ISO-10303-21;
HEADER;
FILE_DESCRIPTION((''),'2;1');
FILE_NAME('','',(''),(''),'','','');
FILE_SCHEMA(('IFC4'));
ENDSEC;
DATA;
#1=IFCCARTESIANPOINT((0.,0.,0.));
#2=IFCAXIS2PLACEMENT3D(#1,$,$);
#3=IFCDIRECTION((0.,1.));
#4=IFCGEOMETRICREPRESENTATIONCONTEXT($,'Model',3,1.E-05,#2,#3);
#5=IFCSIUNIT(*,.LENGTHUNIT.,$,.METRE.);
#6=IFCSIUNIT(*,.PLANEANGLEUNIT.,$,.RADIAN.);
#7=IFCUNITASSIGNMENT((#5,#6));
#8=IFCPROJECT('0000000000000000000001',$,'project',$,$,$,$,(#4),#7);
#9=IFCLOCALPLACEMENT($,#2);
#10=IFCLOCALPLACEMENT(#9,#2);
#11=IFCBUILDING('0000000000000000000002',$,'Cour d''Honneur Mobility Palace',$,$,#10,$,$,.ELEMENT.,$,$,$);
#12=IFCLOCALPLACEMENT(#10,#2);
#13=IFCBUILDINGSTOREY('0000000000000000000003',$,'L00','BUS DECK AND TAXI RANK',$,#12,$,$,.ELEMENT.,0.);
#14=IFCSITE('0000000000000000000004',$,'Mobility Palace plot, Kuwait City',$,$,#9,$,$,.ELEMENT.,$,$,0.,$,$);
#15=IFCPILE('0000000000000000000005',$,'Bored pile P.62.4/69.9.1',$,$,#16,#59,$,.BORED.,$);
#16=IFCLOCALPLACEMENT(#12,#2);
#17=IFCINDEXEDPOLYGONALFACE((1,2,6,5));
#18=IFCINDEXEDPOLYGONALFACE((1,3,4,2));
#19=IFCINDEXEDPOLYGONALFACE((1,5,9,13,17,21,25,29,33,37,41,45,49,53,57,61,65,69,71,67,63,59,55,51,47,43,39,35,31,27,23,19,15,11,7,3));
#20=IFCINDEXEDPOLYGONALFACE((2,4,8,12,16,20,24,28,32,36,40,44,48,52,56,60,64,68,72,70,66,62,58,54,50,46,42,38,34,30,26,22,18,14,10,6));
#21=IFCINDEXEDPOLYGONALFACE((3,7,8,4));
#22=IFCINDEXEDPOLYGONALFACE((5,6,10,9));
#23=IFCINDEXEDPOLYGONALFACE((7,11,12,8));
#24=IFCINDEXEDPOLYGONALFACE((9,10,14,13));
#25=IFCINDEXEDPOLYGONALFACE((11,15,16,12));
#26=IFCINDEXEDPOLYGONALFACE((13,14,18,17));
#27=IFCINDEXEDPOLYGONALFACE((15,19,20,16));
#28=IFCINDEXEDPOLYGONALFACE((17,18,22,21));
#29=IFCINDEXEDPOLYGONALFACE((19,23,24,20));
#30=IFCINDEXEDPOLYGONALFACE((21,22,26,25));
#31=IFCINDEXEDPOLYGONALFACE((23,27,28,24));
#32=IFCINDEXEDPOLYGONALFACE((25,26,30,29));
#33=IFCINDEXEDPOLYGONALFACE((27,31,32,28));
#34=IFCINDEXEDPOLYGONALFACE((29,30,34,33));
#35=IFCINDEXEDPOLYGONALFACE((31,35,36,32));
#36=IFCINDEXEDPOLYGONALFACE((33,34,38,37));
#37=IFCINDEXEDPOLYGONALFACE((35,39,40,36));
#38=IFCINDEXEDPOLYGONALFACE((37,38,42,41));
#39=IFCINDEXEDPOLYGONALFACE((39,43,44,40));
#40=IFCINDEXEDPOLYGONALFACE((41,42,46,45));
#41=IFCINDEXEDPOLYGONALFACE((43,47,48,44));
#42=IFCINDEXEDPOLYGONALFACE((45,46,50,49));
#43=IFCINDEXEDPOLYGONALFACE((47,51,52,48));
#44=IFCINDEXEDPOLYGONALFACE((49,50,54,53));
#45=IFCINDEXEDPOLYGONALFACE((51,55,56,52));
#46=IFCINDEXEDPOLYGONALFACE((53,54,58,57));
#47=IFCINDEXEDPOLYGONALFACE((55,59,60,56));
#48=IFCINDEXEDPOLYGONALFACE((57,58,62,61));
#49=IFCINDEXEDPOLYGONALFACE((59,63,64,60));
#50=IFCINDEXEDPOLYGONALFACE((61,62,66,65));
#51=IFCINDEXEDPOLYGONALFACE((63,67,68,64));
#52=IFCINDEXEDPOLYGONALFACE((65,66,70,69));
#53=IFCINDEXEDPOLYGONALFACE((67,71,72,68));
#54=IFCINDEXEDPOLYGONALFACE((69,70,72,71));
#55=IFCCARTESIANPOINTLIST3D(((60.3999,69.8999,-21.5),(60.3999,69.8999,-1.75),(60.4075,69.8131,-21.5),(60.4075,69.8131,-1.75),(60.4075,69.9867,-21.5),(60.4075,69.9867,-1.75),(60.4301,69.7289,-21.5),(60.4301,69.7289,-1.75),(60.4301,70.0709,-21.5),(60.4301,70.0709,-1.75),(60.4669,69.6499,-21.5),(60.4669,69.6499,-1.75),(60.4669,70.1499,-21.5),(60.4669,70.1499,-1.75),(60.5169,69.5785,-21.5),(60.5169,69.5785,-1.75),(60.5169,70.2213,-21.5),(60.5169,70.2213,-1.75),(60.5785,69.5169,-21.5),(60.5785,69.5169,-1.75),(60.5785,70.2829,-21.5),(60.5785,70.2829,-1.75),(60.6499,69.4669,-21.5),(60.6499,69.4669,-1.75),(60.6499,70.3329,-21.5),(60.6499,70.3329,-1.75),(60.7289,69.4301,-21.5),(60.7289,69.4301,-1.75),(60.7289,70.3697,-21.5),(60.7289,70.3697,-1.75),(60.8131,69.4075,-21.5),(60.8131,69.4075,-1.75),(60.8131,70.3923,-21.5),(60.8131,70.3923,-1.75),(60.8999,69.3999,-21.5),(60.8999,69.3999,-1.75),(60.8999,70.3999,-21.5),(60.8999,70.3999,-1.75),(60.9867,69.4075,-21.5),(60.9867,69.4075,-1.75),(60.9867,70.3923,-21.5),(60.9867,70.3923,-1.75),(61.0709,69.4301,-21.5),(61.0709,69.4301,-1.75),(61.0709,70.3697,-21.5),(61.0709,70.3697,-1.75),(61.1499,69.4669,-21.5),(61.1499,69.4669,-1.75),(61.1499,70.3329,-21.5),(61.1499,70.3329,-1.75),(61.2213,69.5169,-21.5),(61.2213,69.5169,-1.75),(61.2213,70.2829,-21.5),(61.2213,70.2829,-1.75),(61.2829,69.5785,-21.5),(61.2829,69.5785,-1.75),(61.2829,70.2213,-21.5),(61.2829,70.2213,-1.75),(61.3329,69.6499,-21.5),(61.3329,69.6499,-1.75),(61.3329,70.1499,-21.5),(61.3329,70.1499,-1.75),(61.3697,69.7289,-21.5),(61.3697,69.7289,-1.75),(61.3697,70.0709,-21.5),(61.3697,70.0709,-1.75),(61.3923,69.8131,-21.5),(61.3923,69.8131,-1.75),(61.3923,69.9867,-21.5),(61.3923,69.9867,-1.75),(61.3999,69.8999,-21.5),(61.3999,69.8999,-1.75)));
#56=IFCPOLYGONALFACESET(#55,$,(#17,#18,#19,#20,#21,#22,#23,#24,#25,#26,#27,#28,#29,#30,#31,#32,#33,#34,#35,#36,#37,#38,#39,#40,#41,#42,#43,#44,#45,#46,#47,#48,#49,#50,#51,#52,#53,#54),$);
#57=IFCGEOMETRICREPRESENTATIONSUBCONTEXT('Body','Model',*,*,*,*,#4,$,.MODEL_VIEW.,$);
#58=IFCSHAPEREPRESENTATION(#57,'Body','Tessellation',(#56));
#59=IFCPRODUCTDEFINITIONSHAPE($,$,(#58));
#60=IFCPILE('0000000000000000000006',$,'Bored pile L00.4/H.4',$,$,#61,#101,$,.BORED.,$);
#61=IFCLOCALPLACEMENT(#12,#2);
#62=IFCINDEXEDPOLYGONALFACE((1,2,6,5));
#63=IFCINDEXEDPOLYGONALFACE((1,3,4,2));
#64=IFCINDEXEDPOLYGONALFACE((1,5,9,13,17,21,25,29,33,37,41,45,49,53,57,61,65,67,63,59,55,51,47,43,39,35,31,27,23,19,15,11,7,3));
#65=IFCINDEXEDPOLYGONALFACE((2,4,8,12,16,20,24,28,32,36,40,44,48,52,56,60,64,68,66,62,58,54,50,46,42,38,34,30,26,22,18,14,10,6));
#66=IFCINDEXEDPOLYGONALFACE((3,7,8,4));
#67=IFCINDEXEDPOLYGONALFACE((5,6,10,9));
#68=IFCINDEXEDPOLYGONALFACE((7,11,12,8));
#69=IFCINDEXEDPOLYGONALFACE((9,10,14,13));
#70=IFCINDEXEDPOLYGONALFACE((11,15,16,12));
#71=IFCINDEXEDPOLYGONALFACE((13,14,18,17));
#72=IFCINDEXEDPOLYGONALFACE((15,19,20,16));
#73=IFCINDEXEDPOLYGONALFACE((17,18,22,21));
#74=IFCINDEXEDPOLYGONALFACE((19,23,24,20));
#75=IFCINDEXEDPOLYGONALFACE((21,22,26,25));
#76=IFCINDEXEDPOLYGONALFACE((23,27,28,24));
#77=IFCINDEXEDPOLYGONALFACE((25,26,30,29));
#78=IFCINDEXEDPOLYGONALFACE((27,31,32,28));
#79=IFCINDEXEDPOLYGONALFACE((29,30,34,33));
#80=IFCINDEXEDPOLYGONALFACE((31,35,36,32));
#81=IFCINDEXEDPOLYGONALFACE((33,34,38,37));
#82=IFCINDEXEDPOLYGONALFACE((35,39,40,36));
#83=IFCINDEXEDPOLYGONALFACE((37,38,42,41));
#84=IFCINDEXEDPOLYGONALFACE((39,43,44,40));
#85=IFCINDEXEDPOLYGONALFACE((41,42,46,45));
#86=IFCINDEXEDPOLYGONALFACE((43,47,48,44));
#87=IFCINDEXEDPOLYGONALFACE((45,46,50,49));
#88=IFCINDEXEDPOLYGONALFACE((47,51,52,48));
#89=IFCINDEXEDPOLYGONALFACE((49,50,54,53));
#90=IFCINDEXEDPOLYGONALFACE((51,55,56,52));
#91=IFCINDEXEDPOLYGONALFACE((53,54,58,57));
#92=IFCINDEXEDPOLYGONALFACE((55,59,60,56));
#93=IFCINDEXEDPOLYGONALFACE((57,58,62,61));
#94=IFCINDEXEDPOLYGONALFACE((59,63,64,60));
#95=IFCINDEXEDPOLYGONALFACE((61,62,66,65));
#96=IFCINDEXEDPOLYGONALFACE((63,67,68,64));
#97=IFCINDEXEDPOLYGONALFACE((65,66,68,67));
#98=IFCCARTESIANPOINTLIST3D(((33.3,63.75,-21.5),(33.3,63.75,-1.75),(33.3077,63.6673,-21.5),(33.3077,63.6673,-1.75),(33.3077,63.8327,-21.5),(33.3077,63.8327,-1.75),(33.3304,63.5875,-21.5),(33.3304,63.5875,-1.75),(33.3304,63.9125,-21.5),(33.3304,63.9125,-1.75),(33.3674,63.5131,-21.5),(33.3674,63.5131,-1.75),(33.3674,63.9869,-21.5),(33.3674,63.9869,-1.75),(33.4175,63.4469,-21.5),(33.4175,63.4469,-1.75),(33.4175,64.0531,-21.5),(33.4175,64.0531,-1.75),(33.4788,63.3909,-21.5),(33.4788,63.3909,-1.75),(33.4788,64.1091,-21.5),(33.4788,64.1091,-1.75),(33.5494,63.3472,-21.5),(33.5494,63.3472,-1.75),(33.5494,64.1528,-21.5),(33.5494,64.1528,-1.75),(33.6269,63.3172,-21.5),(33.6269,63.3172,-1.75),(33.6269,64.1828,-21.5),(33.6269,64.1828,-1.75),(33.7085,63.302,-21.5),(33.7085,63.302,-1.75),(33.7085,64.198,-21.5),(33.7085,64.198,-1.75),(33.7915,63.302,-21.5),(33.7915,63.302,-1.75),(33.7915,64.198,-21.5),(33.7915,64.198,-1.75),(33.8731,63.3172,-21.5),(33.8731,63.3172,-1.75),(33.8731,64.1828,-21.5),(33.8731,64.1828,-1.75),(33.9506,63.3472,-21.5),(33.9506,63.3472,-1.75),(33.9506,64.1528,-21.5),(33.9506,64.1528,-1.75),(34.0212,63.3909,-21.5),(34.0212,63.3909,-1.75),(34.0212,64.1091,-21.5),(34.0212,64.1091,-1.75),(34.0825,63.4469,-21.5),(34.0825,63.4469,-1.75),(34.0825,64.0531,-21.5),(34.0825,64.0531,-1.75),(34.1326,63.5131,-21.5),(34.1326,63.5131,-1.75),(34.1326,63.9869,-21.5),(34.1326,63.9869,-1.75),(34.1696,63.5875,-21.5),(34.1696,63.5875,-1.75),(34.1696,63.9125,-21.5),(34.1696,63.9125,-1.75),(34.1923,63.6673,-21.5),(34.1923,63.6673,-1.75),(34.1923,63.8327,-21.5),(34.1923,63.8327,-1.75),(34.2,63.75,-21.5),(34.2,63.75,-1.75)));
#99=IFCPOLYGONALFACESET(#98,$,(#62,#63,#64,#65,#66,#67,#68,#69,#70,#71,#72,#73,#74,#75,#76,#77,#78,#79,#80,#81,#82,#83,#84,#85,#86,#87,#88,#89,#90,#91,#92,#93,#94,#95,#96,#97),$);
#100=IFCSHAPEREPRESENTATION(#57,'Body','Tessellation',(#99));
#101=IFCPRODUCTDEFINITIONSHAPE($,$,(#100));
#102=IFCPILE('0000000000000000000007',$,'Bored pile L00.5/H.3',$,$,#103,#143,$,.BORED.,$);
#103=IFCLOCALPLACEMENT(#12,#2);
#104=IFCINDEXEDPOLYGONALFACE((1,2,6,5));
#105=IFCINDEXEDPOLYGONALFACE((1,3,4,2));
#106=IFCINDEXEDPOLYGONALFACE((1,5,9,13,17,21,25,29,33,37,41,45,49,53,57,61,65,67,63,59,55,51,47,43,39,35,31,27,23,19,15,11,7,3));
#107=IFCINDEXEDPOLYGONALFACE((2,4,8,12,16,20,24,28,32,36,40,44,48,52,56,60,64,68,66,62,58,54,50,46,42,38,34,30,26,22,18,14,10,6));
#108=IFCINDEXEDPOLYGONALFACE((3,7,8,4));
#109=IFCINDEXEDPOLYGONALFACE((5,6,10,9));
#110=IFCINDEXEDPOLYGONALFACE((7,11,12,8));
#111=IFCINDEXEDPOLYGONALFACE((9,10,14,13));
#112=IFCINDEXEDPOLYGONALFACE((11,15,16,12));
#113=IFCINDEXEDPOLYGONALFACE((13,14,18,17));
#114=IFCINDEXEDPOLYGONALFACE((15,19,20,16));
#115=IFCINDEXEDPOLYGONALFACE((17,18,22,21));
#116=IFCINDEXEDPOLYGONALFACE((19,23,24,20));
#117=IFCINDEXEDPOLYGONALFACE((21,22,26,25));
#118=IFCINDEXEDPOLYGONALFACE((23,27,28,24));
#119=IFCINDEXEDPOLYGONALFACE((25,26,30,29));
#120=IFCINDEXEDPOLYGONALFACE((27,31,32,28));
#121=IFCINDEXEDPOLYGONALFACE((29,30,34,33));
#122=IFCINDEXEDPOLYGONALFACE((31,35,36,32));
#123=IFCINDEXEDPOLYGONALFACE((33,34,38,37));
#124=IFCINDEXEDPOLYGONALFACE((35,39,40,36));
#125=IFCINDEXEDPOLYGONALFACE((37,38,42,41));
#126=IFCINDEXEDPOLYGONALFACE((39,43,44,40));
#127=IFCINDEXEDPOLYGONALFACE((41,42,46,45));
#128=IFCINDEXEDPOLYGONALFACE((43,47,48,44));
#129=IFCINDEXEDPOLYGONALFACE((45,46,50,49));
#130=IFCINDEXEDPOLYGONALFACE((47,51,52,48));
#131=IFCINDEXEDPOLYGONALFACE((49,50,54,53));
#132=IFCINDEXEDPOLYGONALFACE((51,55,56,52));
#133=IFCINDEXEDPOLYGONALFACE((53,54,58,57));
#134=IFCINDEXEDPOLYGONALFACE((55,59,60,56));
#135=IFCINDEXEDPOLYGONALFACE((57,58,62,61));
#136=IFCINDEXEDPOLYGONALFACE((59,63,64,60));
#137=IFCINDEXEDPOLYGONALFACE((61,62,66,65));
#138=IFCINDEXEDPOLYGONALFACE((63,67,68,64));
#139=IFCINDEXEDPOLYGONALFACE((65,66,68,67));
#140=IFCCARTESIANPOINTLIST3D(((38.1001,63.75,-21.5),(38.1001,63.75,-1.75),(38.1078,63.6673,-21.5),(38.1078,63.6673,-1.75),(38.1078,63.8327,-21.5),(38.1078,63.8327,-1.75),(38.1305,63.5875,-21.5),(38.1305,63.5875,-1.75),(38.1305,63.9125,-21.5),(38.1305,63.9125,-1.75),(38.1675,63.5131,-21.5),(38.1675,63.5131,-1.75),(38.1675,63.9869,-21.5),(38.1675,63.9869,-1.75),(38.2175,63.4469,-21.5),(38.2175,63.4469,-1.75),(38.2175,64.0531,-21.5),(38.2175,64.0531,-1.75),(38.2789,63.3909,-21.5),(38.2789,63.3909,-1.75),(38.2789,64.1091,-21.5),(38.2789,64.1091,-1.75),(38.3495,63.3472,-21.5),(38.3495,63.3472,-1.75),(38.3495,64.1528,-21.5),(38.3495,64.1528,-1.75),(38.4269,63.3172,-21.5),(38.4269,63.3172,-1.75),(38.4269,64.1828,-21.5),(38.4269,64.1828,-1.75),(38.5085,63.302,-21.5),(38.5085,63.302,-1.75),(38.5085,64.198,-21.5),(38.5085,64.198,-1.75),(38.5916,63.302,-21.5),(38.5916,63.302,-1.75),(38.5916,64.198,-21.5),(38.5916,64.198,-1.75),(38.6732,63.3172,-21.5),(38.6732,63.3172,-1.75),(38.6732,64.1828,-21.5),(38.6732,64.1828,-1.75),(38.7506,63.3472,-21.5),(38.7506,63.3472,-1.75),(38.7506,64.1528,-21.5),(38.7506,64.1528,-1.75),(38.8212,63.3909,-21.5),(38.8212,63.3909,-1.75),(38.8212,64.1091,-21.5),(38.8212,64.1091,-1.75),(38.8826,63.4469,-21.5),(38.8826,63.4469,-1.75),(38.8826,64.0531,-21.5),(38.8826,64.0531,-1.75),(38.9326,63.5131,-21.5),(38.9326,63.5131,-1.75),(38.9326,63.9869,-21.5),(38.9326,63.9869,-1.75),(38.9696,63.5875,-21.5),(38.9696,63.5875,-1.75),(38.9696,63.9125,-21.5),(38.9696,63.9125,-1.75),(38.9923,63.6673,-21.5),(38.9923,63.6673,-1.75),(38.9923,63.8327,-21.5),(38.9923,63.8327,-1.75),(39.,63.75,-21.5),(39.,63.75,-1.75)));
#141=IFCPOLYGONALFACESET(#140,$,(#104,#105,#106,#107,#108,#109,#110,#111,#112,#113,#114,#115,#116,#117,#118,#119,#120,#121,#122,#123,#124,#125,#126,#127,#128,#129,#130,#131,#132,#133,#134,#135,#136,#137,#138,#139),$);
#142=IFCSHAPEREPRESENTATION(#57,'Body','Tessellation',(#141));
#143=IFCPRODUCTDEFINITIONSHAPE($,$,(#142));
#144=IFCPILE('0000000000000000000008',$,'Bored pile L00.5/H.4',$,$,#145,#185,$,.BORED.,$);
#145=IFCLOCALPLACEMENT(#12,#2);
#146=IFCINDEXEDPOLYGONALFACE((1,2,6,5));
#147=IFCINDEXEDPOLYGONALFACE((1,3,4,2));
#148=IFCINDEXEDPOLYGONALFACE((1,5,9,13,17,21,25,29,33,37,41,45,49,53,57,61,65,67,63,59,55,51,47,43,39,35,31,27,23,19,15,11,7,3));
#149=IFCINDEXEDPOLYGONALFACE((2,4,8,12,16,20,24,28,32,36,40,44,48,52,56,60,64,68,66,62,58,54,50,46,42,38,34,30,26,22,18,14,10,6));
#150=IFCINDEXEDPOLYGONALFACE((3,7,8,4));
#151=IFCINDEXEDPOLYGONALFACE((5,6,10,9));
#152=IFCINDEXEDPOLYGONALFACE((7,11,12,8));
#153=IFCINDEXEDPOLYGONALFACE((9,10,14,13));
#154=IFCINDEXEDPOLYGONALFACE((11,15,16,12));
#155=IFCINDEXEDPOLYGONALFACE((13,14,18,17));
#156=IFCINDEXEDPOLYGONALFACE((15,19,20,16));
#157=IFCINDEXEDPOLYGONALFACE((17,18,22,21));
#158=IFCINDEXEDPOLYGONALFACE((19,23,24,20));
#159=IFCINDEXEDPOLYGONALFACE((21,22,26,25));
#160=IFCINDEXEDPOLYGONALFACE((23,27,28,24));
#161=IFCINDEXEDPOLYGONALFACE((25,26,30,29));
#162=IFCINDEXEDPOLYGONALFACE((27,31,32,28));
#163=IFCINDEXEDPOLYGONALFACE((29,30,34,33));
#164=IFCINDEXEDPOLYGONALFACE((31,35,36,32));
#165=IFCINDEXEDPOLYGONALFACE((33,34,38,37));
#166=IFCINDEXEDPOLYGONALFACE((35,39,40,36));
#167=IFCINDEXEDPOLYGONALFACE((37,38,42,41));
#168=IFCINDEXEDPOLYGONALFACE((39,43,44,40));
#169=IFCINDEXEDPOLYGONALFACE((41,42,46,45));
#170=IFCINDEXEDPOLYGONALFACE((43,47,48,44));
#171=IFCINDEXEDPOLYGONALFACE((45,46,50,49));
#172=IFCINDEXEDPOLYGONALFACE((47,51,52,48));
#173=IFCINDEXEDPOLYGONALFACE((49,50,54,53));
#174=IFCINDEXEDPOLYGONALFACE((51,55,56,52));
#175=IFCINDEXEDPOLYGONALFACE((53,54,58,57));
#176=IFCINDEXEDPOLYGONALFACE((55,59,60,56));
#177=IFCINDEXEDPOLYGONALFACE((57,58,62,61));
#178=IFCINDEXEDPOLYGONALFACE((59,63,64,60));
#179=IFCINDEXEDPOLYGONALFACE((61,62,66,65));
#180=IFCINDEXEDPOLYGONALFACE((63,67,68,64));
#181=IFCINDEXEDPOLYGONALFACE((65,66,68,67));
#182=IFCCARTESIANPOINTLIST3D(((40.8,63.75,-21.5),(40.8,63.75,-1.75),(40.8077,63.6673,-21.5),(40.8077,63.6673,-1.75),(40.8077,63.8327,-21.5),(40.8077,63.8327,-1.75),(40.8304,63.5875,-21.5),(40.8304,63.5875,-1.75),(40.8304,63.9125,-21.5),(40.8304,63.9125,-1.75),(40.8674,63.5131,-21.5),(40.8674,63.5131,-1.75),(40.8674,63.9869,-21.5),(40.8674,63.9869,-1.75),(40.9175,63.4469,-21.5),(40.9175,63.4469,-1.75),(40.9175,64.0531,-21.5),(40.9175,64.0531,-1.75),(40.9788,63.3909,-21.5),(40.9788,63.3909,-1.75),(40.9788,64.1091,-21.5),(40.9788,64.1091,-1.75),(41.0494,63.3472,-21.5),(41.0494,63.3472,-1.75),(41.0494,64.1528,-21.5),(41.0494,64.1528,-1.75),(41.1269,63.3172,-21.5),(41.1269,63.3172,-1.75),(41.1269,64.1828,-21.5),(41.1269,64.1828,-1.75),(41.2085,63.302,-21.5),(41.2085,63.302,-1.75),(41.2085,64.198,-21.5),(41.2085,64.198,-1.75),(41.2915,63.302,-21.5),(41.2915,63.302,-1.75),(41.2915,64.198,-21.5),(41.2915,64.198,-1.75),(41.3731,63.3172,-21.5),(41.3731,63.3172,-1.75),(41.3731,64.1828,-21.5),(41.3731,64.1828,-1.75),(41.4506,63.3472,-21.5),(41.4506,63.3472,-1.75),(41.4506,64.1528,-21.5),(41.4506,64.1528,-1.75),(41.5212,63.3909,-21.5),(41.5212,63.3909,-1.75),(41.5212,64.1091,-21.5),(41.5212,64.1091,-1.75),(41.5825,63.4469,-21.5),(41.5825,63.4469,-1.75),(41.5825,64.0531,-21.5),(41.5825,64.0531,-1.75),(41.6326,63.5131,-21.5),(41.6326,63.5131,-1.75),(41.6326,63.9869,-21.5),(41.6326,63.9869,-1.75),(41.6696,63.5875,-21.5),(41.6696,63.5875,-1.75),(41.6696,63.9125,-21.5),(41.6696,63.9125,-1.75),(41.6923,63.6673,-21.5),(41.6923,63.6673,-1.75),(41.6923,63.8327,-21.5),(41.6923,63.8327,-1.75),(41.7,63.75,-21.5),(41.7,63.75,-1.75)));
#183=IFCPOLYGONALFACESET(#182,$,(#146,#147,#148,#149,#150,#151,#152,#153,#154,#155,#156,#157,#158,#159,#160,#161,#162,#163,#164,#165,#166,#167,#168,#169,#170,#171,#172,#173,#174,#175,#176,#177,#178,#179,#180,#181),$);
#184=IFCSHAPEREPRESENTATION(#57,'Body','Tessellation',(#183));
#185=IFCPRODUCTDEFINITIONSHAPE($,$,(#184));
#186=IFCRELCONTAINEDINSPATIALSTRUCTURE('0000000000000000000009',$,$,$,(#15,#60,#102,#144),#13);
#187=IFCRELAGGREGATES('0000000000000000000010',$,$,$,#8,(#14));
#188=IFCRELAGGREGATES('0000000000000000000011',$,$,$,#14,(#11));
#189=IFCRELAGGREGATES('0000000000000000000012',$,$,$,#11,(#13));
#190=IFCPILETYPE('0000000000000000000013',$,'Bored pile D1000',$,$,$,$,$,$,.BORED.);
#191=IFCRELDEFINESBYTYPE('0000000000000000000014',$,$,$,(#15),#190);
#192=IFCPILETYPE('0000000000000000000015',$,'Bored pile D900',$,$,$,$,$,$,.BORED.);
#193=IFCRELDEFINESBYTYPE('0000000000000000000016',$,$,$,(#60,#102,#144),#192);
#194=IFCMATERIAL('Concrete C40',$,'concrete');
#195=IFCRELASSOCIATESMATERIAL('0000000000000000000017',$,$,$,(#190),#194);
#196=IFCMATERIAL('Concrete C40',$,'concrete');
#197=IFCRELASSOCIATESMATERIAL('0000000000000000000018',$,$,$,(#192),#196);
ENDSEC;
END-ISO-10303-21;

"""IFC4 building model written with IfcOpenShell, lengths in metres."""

from ifc_helpers import new_model, si_unit, direction, frame, origin, origin_2d, place, context, subcontext, project, spatial, circle, extrude, material, material_profile, profile_set, type_object, element, save


model = new_model("IFC4")

# Units and contexts
model_context = context("Model", 3, precision=1e-05, world=origin(), true_north=direction((0.0, 1.0)))
body_context = subcontext(model_context, "Body", "Model", "MODEL_VIEW")
ifc_project = project(units=[si_unit("LENGTHUNIT", "METRE"), si_unit("PLANEANGLEUNIT", "RADIAN")], contexts=[model_context])

# Site, building, storey
site_placement = place(None, origin())
site = spatial("IfcSite", under=ifc_project, at=site_placement, Name="Mobility Palace plot, Kuwait City", CompositionType="ELEMENT", RefElevation=0.0)
building_placement = place(site_placement, origin())
building = spatial("IfcBuilding", under=site, at=building_placement, Name="Cour d'Honneur Mobility Palace", CompositionType="ELEMENT")
storey_placement = place(building_placement, origin())
storey = spatial("IfcBuildingStorey", under=building, at=storey_placement, Name="L00", Description="BUS DECK AND TAXI RANK", CompositionType="ELEMENT", Elevation=0.0)

# Piles
ifc_material_1 = material(Name="Concrete C40", Category="concrete")
ifc_material_profile_1 = material_profile(ifc_material_1, circle(Radius=0.5, at=origin_2d()), Name="Bored pile D1000")
ifc_profile_set_1 = profile_set([ifc_material_profile_1], Name="Concrete C40")
pile_type_1 = type_object("IfcPileType", Name="Bored pile D1000", PredefinedType="BORED", material=ifc_profile_set_1)
pile_placement = place(storey_placement, frame((60.8999, 69.8999, -1.75), z_axis=(0.0, 0.0, -1.0), x_axis=(1.0, 0.0, 0.0)))
element("IfcPile", 1, at=pile_placement, inside=storey, type_object=pile_type_1, Name="Bored pile P.62.4/69.9.1", PredefinedType="BORED", context=body_context, shape_type="SweptSolid", body=[
    extrude(circle(Radius=0.5, at=origin_2d()), origin(), (0.0, 0.0, 1.0), 19.75),
])
ifc_material_2 = material(Name="Concrete C40", Category="concrete")
ifc_material_profile_2 = material_profile(ifc_material_2, circle(Radius=0.45, at=origin_2d()), Name="Bored pile D900")
ifc_profile_set_2 = profile_set([ifc_material_profile_2], Name="Concrete C40")
pile_type_2 = type_object("IfcPileType", Name="Bored pile D900", PredefinedType="BORED", material=ifc_profile_set_2)
for number, where, z_axis, x_axis, name in (
    (2, (33.75, 63.75, -1.75), (0.0, 0.0, -1.0), (1.0, 0.0, 0.0), "Bored pile L00.4/H.4"),
    (3, (38.55, 63.75, -1.75), (0.0, 0.0, -1.0), (1.0, 0.0, 0.0), "Bored pile L00.5/H.3"),
    (4, (41.25, 63.75, -1.75), (0.0, 0.0, -1.0), (1.0, 0.0, 0.0), "Bored pile L00.5/H.4"),
):
    element("IfcPile", number, at=place(storey_placement, frame(where, z_axis=z_axis, x_axis=x_axis)), inside=storey, type_object=pile_type_2, Name=name, PredefinedType="BORED", context=body_context, shape_type="SweptSolid", body=[
        extrude(circle(Radius=0.45, at=origin_2d()), origin(), (0.0, 0.0, 1.0), 19.75),
    ])

save(model, "model.ifc")
